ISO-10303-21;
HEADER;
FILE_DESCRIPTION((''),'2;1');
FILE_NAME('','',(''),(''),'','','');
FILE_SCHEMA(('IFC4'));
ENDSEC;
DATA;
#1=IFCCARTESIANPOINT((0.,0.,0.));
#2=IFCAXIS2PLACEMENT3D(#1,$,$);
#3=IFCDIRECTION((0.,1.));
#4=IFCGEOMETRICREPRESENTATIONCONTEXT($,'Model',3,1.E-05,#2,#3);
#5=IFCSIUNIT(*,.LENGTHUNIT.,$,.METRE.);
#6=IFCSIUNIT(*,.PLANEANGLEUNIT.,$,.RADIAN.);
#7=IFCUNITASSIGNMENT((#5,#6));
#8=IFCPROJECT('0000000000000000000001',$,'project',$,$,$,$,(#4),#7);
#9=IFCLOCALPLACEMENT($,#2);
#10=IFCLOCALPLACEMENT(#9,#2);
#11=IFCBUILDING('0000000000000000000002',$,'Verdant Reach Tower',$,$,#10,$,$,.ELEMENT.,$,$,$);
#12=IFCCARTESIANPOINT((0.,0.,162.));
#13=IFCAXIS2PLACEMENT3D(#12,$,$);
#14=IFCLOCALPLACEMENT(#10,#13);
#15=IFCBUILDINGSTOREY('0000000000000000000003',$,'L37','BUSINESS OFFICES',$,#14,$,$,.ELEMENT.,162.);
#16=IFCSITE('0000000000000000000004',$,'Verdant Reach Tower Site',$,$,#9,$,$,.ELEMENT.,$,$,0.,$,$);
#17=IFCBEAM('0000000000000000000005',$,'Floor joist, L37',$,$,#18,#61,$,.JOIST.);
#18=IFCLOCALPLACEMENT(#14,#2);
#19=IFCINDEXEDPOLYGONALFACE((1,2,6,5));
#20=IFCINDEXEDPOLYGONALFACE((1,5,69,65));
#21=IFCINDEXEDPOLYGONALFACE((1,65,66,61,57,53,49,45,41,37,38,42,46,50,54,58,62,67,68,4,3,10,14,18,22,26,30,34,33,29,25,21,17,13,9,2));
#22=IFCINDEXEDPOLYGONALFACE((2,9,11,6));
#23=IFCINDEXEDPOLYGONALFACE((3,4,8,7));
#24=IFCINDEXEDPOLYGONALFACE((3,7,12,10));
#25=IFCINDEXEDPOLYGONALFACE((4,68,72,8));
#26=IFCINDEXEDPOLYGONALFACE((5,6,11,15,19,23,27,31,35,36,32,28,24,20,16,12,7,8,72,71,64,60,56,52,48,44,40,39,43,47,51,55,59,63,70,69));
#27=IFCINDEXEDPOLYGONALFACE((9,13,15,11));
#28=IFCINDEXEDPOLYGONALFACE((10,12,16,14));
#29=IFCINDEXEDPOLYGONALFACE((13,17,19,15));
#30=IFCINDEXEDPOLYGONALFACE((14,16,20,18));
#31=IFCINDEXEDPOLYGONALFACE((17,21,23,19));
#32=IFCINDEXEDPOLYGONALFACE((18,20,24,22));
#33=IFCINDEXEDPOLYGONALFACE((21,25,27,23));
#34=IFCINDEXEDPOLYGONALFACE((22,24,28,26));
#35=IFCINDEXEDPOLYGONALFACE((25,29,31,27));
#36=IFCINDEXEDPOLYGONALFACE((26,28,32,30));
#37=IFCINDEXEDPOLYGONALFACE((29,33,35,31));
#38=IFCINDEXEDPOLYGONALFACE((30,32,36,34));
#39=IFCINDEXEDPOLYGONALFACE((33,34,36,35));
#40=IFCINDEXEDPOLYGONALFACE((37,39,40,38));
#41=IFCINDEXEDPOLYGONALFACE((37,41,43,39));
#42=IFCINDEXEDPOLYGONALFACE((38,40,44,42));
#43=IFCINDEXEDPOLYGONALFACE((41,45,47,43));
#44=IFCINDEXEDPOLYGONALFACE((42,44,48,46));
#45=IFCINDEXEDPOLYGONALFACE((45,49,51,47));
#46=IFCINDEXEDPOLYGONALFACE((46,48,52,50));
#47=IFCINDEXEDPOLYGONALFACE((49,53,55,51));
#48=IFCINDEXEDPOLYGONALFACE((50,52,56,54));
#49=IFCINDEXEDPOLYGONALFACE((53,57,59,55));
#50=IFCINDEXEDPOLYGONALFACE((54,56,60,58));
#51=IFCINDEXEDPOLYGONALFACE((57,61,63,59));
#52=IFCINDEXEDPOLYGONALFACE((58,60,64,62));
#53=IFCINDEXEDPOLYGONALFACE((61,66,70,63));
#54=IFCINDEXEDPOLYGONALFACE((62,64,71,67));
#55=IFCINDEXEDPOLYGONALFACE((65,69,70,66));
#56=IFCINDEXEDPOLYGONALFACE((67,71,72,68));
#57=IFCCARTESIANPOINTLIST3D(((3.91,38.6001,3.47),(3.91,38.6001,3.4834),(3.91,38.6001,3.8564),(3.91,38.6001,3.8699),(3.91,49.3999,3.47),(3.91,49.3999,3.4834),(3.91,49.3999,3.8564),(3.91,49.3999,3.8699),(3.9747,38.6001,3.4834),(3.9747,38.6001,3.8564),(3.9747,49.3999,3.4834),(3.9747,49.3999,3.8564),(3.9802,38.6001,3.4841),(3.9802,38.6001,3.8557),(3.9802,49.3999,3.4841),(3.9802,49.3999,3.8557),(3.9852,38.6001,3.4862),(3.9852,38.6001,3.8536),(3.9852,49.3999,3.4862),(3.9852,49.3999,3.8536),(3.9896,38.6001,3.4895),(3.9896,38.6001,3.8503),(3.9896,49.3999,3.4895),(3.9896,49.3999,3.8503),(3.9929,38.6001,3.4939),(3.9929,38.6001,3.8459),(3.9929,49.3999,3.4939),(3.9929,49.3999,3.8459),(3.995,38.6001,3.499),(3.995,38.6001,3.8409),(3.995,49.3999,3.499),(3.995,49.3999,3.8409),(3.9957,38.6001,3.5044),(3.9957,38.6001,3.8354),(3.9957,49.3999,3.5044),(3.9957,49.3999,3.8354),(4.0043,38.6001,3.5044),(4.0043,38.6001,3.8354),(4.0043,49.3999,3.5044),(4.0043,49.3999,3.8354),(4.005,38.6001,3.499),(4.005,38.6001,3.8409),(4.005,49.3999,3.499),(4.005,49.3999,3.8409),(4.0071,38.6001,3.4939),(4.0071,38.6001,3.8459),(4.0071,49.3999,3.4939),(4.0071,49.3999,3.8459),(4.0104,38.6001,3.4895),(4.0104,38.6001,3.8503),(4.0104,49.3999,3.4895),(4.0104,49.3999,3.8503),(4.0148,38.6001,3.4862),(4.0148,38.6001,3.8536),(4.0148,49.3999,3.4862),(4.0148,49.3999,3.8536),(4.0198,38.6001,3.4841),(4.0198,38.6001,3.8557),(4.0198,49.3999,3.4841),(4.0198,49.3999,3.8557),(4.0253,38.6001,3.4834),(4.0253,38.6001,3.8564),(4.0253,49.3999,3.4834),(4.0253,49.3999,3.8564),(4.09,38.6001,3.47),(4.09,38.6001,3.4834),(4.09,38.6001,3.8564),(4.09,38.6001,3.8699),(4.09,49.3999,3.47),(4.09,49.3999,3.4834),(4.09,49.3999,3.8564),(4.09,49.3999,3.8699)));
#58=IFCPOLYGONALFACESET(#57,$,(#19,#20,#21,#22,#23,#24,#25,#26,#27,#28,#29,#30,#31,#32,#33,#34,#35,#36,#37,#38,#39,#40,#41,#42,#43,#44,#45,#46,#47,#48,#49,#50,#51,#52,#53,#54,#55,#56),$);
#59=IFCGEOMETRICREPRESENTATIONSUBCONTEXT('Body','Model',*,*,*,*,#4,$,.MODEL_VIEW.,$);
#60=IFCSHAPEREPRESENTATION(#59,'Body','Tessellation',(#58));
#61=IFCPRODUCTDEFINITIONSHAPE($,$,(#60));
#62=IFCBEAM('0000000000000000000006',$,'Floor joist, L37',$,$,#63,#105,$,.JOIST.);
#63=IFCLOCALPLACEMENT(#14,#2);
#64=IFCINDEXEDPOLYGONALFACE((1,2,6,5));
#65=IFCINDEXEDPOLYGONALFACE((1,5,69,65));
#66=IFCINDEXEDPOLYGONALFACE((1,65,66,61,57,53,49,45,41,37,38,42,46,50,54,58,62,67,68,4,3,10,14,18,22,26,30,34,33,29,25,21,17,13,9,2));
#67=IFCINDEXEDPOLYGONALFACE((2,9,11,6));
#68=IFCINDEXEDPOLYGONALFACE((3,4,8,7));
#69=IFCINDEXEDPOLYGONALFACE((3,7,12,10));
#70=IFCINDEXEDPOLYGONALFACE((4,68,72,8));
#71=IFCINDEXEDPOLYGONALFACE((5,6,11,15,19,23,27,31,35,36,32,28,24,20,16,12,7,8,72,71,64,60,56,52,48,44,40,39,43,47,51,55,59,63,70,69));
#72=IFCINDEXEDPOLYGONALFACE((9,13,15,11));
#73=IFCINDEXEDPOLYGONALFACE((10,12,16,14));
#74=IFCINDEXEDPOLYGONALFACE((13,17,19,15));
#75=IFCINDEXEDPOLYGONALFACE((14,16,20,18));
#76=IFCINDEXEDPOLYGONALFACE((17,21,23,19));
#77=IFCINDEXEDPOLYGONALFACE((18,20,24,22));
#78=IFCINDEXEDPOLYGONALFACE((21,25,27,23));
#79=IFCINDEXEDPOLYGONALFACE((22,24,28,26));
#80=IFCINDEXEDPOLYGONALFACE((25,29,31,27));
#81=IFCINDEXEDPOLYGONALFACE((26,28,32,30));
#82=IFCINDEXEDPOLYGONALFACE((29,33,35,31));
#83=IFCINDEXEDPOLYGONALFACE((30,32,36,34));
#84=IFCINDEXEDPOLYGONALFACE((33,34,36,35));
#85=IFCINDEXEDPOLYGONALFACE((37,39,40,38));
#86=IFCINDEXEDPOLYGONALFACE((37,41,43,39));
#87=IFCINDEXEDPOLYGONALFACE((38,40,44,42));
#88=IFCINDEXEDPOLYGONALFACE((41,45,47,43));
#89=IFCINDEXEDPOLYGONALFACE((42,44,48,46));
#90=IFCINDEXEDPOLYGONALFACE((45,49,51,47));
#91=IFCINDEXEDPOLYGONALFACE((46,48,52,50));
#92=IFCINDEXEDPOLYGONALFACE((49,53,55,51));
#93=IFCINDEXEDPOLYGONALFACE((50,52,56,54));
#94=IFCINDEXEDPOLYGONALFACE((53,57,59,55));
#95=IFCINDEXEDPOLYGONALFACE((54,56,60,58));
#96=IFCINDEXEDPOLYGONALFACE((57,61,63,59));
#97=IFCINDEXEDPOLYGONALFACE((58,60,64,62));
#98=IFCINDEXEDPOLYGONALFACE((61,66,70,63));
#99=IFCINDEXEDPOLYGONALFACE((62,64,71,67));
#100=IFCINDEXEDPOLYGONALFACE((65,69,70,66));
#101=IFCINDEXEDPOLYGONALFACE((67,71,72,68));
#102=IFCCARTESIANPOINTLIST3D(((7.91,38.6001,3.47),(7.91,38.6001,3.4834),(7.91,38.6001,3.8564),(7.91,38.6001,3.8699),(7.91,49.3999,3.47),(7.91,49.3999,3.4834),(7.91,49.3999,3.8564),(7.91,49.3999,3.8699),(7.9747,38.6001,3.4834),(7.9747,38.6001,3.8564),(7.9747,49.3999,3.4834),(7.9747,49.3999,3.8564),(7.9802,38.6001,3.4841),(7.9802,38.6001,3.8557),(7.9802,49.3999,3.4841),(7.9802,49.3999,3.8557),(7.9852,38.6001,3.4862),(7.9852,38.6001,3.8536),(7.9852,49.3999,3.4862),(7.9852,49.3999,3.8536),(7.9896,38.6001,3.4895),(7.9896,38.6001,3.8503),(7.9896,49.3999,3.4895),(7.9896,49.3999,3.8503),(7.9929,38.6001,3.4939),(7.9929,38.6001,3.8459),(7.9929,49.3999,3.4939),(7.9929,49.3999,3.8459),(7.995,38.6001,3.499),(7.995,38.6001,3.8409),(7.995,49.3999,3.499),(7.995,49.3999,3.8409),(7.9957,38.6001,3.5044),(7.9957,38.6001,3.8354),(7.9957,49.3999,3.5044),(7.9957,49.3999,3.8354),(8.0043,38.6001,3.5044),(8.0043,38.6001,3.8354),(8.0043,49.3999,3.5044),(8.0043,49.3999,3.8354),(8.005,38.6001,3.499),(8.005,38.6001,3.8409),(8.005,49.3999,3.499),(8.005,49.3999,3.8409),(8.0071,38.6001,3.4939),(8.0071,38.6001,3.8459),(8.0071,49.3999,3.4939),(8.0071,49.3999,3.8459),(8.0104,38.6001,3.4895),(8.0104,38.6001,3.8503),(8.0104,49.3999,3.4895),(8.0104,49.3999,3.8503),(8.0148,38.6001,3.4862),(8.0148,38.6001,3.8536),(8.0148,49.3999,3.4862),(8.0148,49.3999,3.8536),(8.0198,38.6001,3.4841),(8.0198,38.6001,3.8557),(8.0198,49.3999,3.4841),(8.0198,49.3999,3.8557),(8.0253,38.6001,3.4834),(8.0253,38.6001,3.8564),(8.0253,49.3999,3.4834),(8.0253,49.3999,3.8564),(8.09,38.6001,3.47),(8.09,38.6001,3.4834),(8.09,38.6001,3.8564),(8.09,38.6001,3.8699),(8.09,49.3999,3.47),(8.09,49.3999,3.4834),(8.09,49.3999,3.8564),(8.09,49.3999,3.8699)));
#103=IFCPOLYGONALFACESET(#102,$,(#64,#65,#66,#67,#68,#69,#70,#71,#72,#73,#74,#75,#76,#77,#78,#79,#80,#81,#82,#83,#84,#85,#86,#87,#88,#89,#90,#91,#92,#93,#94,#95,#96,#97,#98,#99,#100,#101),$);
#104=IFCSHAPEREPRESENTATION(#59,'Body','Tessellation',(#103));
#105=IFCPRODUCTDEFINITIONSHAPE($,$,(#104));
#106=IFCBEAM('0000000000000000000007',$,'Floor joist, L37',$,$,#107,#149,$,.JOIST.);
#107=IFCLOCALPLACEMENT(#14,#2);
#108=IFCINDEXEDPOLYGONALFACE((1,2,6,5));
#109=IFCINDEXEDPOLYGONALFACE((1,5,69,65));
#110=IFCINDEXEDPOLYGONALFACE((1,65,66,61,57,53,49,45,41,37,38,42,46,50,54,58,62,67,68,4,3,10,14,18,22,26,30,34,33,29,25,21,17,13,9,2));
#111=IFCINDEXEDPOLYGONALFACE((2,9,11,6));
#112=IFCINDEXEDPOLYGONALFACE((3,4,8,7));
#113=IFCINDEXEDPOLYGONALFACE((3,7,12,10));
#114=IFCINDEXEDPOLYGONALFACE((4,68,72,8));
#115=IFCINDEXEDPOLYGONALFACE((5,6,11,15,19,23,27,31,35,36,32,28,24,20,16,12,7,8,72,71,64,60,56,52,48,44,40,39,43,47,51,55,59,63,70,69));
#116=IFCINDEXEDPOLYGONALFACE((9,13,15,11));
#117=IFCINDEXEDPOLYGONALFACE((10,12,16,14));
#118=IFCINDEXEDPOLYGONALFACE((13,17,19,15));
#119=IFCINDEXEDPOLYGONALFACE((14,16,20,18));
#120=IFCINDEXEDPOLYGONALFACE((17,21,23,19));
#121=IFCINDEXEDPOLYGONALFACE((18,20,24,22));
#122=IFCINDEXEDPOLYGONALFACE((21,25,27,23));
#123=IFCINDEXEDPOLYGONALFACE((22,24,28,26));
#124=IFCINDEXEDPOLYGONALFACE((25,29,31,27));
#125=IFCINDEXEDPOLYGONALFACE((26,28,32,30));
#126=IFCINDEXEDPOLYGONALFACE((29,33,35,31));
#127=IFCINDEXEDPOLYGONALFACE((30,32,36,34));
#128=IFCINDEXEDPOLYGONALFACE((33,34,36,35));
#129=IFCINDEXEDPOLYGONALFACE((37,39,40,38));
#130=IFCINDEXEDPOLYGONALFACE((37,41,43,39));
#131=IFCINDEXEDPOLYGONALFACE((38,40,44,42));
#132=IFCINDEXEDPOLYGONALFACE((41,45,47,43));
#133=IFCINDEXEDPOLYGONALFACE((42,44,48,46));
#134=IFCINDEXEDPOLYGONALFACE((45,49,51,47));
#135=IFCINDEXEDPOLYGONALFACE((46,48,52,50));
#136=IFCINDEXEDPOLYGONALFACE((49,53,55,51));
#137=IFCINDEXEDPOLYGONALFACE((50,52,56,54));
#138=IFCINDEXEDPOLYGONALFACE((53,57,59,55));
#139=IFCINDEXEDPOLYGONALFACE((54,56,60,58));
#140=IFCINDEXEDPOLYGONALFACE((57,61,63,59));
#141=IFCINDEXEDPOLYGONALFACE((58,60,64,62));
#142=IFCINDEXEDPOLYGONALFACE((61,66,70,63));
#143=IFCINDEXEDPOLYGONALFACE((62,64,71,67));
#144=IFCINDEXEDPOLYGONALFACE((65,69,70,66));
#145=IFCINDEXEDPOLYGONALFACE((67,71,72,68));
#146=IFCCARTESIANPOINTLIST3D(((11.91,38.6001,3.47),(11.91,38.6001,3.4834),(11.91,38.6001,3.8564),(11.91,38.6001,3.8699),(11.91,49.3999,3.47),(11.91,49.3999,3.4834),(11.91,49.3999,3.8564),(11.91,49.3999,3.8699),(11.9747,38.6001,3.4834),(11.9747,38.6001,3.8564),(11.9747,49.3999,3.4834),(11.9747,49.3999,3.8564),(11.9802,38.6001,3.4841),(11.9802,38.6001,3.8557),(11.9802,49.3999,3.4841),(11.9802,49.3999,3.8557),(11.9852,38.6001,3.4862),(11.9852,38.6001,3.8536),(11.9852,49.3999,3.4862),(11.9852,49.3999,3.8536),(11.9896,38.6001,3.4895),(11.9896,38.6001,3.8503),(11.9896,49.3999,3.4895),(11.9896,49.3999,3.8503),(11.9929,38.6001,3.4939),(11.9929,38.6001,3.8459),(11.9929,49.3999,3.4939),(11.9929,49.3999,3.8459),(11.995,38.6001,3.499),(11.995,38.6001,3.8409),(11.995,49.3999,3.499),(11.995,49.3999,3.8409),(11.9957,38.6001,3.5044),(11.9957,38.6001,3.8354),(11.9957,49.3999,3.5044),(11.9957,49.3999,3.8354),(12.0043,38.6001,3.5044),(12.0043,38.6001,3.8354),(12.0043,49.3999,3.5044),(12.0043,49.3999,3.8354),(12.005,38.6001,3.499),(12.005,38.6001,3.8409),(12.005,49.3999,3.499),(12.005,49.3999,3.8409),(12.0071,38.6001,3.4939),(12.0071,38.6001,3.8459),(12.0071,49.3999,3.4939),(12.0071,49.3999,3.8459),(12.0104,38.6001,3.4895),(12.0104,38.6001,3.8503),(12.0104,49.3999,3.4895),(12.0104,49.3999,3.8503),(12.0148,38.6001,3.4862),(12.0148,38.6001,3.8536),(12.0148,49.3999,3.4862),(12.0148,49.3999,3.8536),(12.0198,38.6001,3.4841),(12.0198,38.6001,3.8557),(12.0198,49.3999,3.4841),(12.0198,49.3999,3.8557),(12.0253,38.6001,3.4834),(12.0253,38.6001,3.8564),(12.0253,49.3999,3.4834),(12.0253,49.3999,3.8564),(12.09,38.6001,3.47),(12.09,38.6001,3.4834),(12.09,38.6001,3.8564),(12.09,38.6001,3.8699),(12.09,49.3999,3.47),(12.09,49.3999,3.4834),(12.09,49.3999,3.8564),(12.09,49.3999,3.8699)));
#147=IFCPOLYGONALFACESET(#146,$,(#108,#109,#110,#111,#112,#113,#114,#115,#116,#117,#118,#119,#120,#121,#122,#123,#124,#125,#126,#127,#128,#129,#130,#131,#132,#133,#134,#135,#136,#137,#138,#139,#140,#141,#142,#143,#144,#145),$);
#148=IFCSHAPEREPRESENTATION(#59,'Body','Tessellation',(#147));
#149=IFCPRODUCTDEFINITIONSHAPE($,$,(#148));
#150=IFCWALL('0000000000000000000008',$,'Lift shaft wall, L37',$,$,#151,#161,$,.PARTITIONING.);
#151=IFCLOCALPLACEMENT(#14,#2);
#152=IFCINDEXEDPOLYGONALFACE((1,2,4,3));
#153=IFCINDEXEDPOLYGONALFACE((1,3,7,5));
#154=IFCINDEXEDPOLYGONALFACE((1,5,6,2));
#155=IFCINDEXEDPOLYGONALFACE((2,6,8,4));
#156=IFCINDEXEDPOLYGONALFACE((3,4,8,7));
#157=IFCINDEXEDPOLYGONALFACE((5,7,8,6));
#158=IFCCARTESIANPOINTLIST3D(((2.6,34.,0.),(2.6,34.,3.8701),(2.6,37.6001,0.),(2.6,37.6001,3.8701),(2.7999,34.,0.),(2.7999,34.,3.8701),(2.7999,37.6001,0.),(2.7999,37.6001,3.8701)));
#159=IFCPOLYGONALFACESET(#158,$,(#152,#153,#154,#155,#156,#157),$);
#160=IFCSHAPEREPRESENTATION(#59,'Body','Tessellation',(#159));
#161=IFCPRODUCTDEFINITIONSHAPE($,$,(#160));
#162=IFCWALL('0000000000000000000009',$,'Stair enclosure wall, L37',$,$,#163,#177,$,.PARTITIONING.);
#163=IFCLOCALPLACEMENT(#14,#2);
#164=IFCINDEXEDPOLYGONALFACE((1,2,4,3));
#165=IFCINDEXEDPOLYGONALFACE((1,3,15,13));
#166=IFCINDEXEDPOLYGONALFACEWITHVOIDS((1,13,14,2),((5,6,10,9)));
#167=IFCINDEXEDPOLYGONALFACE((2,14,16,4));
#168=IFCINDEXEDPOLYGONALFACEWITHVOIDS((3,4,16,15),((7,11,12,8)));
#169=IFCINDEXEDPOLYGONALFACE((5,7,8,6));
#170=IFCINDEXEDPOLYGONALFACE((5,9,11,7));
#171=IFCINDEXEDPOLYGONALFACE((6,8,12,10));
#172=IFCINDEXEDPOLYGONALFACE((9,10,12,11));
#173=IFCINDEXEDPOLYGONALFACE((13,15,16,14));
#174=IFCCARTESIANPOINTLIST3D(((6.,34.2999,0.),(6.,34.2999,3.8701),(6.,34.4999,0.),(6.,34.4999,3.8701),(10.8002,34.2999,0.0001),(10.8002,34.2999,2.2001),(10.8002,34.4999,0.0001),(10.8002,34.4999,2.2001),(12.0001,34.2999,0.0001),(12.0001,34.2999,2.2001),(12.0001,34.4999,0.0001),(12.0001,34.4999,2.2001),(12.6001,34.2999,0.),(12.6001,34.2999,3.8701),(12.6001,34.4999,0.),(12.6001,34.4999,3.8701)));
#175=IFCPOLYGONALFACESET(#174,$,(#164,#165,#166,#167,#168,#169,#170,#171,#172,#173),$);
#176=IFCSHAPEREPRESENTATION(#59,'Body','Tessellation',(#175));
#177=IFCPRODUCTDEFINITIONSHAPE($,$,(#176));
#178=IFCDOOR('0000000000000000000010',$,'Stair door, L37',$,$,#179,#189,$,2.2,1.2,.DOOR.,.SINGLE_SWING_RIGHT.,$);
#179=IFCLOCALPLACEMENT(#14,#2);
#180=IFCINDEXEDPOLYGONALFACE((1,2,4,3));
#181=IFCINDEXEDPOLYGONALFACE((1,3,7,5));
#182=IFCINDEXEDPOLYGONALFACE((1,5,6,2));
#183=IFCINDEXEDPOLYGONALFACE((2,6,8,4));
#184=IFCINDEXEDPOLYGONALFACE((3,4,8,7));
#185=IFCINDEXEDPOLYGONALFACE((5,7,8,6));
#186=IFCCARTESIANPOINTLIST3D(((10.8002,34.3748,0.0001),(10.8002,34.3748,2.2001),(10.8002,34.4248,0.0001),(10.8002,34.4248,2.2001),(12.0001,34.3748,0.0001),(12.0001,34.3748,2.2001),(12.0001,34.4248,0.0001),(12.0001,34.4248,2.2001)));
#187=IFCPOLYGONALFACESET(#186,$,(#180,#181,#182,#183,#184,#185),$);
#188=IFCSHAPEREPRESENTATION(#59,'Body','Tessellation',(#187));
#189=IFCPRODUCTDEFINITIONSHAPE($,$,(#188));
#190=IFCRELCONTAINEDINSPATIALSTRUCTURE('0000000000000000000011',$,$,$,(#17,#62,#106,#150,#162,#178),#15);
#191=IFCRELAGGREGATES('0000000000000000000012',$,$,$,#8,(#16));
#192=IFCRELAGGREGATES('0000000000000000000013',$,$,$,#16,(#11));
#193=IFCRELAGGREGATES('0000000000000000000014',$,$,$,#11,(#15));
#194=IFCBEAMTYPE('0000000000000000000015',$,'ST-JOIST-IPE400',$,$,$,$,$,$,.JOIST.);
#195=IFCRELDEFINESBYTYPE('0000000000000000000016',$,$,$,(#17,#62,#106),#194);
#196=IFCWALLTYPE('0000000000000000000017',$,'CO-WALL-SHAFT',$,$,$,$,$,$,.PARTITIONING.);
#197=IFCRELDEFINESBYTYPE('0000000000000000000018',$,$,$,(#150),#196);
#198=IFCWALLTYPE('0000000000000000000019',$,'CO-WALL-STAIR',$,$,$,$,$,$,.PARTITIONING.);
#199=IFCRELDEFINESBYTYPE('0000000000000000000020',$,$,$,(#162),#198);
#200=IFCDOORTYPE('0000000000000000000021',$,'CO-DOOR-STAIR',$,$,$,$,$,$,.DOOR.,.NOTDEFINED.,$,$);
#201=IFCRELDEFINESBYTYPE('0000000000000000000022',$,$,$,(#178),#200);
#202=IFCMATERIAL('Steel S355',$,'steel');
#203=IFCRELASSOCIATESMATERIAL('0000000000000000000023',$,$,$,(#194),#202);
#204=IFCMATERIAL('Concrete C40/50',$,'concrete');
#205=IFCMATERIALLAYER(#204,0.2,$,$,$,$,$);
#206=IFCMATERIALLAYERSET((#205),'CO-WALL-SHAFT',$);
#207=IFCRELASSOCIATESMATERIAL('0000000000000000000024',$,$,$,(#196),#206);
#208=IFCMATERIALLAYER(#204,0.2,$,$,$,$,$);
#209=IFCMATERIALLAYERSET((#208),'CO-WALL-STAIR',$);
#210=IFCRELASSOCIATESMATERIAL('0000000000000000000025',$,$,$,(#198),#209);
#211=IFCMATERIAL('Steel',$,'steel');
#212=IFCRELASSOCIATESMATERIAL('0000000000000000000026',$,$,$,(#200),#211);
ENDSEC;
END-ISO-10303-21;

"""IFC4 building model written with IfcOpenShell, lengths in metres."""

from ifc_helpers import new_model, si_unit, direction, frame, frame_2d, origin, origin_2d, place, context, subcontext, project, spatial, rectangle, i_section, extrude, material, layer, layer_set, material_profile, profile_set, type_object, element, fill, save


model = new_model("IFC4")

# Units and contexts
model_context = context("Model", 3, precision=1e-05, world=origin(), true_north=direction((0.0, 1.0)))
body_context = subcontext(model_context, "Body", "Model", "MODEL_VIEW")
ifc_project = project(units=[si_unit("LENGTHUNIT", "METRE"), si_unit("PLANEANGLEUNIT", "RADIAN")], contexts=[model_context])

# Site, building, storey
site_placement = place(None, origin())
site = spatial("IfcSite", under=ifc_project, at=site_placement, Name="Verdant Reach Tower Site", CompositionType="ELEMENT", RefElevation=0.0)
building_placement = place(site_placement, origin())
building = spatial("IfcBuilding", under=site, at=building_placement, Name="Verdant Reach Tower", CompositionType="ELEMENT")
storey_placement = place(building_placement, frame((0.0, 0.0, 162.0)))
storey = spatial("IfcBuildingStorey", under=building, at=storey_placement, Name="L37", Description="BUSINESS OFFICES", CompositionType="ELEMENT", Elevation=162.0)

# Beams
ifc_material_1 = material(Name="Steel S355", Category="steel")
ifc_material_profile_1 = material_profile(ifc_material_1, i_section(OverallWidth=0.1799, OverallDepth=0.3999, WebThickness=0.0085, FlangeThickness=0.0134, FilletRadius=0.021, at=origin_2d()), Name="IPE 400")
ifc_profile_set_1 = profile_set([ifc_material_profile_1], Name="Steel S355")
beam_type_1 = type_object("IfcBeamType", Name="ST-JOIST-IPE400", PredefinedType="JOIST", material=ifc_profile_set_1)
for number, where, z_axis, x_axis, name in (
    (1, (4.0, 38.6001, 3.6699), (0.0, 1.0, 0.0), (-1.0, 0.0, 0.0), "Floor joist, L37"),
    (2, (8.0, 38.6001, 3.6699), (0.0, 1.0, 0.0), (-1.0, 0.0, 0.0), "Floor joist, L37"),
    (3, (12.0, 38.6001, 3.6699), (0.0, 1.0, 0.0), (-1.0, 0.0, 0.0), "Floor joist, L37"),
):
    element("IfcBeam", number, at=place(storey_placement, frame(where, z_axis=z_axis, x_axis=x_axis)), inside=storey, type_object=beam_type_1, Name=name, PredefinedType="JOIST", context=body_context, shape_type="SweptSolid", body=[
        extrude(i_section(OverallWidth=0.1799, OverallDepth=0.3999, WebThickness=0.0085, FlangeThickness=0.0134, FilletRadius=0.021, at=origin_2d()), origin(), (0.0, 0.0, 1.0), 10.7998),
    ])

# Wall
ifc_material_2 = material(Name="Concrete C40/50", Category="concrete")
ifc_layer_1 = layer(ifc_material_2, 0.2)
ifc_layer_set_1 = layer_set([ifc_layer_1], Name="CO-WALL-SHAFT")
wall_type_1 = type_object("IfcWallType", Name="CO-WALL-SHAFT", PredefinedType="PARTITIONING", material=ifc_layer_set_1)
wall_1_placement = place(storey_placement, frame((2.7, 34.0, 0.0), z_axis=(0.0, 0.0, 1.0), x_axis=(0.0, 1.0, 0.0)))
element("IfcWall", 4, at=wall_1_placement, inside=storey, type_object=wall_type_1, Name="Lift shaft wall, L37", PredefinedType="PARTITIONING", context=body_context, shape_type="SweptSolid", body=[
    extrude(rectangle(XDim=3.6001, YDim=0.2, at=frame_2d((1.8, 0.0))), origin(), (0.0, 0.0, 1.0), 3.8701),
])

# Wall, opening, door
ifc_layer_2 = layer(ifc_material_2, 0.2)
ifc_layer_set_2 = layer_set([ifc_layer_2], Name="CO-WALL-STAIR")
wall_type_2 = type_object("IfcWallType", Name="CO-WALL-STAIR", PredefinedType="PARTITIONING", material=ifc_layer_set_2)
wall_2_placement = place(storey_placement, frame((6.0, 34.3999, 0.0), z_axis=(0.0, 0.0, 1.0), x_axis=(1.0, 0.0, 0.0)))
wall_2 = element("IfcWall", 5, at=wall_2_placement, inside=storey, type_object=wall_type_2, Name="Stair enclosure wall, L37", PredefinedType="PARTITIONING", context=body_context, shape_type="SweptSolid", body=[
    extrude(rectangle(XDim=6.6001, YDim=0.2, at=frame_2d((3.3, 0.0))), origin(), (0.0, 0.0, 1.0), 3.8701),
])
opening_1_placement = place(wall_2_placement, frame((4.8, 0.0, 0.0)))
opening_1 = element("IfcOpeningElement", 6, at=opening_1_placement, cuts=wall_2, PredefinedType="OPENING", context=body_context, shape_type="SweptSolid", body=[
    extrude(rectangle(XDim=1.2, YDim=2.2, at=frame_2d((0.6001, 1.1001))), frame((0.0, 0.1099, 0.0), z_axis=(0.0, -1.0, 0.0), x_axis=(1.0, 0.0, 0.0)), (0.0, 0.0, 1.0), 0.22),
])
ifc_material_3 = material(Name="Steel", Category="steel")
door_type_1 = type_object("IfcDoorType", Name="CO-DOOR-STAIR", OperationType="NOTDEFINED", PredefinedType="DOOR", material=ifc_material_3)
door_1_placement = place(opening_1_placement, origin())
door_1 = element("IfcDoor", 7, at=door_1_placement, inside=storey, type_object=door_type_1, Name="Stair door, L37", OperationType="SINGLE_SWING_RIGHT", OverallHeight=2.2, OverallWidth=1.2, PredefinedType="DOOR", context=body_context, shape_type="SweptSolid", body=[
    extrude(rectangle(XDim=1.2, YDim=2.2, at=frame_2d((0.6001, 1.1001))), frame((0.0, 0.0249, 0.0), z_axis=(0.0, -1.0, 0.0), x_axis=(1.0, 0.0, 0.0)), (0.0, 0.0, 1.0), 0.05),
])
fill(opening_1, door_1)

save(model, "model.ifc")
